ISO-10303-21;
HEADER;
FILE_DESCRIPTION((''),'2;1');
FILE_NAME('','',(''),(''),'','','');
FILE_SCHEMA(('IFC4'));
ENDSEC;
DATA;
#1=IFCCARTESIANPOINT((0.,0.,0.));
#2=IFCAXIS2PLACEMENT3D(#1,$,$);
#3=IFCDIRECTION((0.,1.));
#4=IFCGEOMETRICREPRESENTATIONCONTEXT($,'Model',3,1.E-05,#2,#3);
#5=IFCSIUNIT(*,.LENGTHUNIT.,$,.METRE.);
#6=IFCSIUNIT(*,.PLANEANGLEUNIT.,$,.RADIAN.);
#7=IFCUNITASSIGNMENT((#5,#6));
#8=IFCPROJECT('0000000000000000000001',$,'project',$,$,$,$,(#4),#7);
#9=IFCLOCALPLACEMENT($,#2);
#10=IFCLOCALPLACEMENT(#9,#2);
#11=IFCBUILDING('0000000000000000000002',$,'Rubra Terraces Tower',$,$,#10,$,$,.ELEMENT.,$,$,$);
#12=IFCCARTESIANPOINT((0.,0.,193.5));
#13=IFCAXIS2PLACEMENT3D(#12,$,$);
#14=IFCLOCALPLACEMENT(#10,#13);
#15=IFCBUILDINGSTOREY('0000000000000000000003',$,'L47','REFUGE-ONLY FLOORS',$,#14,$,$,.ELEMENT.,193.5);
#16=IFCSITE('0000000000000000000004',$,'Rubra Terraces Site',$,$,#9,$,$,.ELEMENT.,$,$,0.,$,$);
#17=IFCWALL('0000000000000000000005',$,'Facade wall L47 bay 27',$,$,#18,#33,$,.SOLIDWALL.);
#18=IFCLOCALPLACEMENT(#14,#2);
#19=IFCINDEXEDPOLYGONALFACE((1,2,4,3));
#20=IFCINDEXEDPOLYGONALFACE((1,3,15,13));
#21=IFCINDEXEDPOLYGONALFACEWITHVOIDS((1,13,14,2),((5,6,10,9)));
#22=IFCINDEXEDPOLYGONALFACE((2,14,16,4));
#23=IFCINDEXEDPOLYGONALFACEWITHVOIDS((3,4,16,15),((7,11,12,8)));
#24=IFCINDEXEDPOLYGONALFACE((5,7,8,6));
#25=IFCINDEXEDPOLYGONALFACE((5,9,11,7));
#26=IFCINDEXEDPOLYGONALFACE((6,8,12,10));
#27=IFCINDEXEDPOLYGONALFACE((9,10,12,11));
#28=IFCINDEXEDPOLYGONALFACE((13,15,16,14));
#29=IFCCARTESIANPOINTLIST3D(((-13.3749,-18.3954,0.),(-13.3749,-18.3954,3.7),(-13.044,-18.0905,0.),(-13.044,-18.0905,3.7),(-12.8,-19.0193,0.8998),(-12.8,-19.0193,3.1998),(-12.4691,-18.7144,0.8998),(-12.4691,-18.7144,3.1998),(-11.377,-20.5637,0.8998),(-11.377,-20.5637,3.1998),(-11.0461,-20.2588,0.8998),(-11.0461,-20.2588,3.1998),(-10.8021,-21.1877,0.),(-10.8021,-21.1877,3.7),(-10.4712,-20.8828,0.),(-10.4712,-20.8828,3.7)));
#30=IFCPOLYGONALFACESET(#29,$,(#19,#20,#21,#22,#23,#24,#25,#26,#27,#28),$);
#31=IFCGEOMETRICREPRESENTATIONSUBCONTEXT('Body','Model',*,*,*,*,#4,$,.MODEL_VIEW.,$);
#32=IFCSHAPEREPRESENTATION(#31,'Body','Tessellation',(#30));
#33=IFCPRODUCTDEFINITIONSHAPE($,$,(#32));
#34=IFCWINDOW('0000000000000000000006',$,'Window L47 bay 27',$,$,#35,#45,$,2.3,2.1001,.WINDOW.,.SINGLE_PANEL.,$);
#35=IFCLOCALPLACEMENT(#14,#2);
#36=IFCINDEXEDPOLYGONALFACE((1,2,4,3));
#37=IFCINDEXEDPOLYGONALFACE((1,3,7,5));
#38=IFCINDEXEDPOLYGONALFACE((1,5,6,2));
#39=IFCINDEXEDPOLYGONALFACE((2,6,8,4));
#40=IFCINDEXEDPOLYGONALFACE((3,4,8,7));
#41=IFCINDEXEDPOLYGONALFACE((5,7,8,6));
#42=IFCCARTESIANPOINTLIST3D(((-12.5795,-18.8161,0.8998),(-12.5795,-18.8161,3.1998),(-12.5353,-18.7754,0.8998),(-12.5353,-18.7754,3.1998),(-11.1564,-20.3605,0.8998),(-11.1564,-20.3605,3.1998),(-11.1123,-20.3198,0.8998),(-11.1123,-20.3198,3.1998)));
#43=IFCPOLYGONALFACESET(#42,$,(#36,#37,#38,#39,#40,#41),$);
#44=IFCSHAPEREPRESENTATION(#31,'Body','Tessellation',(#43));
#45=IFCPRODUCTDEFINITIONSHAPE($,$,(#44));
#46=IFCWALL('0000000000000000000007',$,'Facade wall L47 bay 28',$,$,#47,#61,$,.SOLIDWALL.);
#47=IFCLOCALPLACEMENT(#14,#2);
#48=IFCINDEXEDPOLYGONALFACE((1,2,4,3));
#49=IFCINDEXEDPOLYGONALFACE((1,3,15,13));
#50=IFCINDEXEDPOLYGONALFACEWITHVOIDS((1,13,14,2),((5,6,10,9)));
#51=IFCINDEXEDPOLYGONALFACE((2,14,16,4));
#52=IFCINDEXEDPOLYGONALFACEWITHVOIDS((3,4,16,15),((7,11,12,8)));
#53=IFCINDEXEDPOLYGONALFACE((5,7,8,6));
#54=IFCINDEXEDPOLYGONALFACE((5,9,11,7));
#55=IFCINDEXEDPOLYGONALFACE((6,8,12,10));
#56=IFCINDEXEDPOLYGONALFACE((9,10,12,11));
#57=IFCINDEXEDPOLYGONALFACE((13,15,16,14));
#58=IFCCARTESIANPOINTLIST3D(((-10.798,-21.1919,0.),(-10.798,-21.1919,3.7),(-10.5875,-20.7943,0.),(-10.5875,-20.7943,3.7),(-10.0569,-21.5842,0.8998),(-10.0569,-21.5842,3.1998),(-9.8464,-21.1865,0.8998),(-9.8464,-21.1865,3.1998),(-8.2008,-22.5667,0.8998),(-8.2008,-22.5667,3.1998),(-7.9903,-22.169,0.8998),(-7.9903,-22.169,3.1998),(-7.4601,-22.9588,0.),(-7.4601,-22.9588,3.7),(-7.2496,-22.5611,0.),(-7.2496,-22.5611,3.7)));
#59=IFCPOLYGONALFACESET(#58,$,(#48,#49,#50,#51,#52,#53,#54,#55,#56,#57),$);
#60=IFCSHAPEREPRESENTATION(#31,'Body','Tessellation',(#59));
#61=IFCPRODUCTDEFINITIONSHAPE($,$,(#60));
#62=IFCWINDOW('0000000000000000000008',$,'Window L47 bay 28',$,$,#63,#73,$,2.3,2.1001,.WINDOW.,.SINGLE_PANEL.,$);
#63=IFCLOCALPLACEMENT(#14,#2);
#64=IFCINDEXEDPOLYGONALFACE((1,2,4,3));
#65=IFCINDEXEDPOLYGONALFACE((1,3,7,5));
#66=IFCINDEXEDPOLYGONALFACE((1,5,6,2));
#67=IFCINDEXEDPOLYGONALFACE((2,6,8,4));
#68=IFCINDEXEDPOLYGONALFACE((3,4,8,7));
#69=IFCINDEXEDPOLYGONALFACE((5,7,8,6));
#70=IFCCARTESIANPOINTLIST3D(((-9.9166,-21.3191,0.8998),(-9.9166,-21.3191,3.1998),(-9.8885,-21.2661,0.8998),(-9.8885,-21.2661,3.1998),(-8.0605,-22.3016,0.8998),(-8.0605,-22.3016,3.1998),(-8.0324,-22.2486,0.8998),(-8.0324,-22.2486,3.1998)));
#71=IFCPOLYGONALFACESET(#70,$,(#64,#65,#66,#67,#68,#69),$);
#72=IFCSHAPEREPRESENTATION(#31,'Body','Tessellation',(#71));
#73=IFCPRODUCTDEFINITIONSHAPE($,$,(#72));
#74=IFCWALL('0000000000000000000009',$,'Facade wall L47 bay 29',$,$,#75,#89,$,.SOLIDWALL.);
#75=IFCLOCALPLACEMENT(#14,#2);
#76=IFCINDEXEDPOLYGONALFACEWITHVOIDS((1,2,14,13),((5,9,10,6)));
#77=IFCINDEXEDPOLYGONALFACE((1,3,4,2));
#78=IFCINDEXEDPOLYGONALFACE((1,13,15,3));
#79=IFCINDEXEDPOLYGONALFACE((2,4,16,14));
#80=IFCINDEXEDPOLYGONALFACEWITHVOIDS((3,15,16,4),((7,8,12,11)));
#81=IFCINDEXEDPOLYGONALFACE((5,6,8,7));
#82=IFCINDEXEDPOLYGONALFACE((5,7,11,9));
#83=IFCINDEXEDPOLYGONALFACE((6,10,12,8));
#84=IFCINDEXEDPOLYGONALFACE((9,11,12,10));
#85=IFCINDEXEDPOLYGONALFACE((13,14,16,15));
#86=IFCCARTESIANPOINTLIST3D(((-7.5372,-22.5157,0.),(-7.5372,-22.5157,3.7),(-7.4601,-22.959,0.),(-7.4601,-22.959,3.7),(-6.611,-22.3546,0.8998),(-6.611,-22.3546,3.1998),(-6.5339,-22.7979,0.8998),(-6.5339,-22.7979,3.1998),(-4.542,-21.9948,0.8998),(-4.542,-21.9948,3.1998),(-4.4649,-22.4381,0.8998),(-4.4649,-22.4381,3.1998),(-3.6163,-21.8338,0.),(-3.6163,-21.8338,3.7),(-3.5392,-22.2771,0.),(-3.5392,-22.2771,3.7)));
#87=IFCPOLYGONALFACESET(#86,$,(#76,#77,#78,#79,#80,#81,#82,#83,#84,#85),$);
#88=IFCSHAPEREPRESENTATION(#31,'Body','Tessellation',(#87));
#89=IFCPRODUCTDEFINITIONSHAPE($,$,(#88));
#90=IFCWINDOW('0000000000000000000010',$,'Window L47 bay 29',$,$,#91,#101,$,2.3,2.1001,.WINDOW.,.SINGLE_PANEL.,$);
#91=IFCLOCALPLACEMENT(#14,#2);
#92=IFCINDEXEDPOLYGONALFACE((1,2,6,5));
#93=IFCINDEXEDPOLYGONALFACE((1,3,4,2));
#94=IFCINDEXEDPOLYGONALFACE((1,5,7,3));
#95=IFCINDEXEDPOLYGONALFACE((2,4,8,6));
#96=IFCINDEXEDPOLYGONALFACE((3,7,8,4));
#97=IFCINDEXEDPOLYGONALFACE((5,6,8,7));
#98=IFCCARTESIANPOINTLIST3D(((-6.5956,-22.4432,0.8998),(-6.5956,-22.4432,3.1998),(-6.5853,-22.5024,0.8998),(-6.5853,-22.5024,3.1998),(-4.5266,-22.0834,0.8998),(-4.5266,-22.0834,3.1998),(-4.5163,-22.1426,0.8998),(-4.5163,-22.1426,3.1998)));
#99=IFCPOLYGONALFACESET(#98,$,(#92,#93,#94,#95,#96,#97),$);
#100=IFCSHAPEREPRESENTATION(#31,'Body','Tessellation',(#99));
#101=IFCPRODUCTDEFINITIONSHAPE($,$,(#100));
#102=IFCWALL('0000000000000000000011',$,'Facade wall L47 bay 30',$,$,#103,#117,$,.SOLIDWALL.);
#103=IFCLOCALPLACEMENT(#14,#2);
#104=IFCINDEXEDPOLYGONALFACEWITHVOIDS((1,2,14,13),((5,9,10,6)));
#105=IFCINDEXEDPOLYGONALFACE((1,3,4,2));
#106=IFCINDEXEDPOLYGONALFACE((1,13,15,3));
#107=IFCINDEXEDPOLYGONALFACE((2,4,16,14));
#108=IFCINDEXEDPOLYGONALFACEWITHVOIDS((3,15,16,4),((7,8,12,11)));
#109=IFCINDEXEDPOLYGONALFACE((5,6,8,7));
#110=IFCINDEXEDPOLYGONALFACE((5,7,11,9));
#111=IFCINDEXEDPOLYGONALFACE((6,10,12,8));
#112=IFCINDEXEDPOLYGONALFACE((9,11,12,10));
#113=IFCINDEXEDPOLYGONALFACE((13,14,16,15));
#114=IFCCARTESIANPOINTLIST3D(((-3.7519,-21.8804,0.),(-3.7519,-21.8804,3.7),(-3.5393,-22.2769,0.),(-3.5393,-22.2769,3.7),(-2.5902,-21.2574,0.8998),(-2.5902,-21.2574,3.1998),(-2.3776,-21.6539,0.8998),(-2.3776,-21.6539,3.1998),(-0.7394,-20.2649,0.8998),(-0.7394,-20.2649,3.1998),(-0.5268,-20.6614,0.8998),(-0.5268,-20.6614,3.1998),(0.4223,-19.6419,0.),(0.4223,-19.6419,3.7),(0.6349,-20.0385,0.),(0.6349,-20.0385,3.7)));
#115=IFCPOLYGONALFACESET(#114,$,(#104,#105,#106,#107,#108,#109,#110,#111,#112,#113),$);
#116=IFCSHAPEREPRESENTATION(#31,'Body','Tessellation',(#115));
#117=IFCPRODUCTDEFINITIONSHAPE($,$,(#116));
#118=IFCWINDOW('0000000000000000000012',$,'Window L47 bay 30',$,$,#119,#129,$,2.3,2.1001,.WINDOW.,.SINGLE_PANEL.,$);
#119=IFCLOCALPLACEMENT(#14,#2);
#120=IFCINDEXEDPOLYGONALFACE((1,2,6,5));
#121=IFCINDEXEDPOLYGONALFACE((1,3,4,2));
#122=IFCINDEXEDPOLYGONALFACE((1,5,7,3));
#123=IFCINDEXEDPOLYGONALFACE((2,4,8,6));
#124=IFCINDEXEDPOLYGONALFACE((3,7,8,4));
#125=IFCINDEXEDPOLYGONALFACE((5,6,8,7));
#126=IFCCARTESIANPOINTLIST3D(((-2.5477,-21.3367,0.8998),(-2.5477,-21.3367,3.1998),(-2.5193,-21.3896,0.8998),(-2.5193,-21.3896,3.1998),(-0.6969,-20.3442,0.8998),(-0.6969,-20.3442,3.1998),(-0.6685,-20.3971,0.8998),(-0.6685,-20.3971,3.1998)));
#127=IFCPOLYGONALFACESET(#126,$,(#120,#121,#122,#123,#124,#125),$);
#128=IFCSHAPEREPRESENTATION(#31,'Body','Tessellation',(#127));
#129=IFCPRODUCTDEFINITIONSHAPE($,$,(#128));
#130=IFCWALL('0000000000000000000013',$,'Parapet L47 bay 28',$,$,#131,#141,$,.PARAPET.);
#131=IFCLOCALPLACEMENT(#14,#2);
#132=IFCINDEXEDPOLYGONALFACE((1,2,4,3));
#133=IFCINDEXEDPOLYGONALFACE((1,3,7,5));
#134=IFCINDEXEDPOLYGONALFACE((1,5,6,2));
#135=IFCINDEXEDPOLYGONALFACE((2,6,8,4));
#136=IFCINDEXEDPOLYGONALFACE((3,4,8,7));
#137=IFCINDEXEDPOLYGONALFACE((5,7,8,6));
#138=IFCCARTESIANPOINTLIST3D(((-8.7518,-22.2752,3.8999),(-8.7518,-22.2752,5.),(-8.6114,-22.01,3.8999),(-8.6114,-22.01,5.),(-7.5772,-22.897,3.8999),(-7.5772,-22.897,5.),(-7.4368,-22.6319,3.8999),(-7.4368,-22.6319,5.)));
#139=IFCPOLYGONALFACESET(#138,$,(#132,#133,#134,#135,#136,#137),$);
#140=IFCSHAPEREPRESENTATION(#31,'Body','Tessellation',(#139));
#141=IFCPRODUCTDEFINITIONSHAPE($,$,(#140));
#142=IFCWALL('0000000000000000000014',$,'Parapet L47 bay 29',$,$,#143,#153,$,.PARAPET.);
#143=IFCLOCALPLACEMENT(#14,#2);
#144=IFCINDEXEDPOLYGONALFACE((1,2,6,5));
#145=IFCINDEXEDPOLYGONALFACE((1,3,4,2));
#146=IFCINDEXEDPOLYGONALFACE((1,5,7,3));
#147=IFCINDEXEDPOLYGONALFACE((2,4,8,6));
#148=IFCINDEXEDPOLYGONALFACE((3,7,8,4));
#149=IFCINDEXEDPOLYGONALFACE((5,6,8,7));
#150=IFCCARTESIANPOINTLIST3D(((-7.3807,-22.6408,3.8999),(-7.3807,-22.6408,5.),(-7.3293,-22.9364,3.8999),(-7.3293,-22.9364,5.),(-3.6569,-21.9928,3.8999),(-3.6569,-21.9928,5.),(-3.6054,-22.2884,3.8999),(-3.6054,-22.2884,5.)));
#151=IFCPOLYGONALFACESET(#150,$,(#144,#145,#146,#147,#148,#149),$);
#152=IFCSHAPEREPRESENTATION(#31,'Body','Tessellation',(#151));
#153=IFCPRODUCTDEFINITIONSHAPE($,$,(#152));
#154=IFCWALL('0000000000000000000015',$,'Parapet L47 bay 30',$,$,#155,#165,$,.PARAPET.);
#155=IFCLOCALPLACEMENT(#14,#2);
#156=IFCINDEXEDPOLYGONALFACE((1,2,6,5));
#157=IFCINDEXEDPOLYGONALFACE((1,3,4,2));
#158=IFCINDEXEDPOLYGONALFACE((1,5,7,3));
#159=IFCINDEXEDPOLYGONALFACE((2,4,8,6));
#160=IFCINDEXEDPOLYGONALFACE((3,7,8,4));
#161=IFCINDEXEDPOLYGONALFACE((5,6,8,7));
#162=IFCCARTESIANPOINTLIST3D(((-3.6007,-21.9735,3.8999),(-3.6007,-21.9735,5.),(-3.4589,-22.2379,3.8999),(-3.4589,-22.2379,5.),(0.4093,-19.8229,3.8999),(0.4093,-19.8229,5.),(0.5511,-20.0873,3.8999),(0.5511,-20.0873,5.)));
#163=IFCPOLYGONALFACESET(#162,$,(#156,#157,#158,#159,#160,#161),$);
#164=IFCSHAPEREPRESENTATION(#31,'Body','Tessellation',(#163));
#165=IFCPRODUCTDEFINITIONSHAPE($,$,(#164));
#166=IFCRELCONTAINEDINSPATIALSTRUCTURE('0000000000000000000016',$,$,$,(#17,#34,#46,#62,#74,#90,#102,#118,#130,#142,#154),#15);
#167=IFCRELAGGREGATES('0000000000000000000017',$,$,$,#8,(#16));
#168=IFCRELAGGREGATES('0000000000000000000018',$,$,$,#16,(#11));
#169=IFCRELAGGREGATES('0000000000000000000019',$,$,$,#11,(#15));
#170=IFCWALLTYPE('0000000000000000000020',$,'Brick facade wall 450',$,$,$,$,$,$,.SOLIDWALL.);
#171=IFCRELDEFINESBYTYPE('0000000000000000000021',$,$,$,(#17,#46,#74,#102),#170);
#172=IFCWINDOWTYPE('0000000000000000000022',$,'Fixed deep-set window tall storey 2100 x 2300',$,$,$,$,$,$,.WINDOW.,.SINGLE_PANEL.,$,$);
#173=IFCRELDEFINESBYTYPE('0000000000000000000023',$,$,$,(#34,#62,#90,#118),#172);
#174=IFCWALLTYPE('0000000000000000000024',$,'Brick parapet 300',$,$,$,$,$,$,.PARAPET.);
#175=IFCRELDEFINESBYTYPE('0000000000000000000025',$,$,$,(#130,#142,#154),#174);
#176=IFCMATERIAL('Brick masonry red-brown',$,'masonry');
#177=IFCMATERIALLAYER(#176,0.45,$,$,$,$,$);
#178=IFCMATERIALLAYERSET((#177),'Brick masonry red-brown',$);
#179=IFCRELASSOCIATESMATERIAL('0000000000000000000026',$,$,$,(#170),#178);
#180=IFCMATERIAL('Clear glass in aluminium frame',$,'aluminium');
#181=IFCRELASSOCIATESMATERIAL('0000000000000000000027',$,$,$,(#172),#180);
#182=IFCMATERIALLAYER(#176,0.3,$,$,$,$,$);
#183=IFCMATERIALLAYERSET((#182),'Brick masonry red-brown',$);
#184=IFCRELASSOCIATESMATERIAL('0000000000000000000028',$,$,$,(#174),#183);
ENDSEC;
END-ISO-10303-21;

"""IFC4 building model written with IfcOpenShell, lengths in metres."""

from ifc_helpers import new_model, si_unit, direction, frame, frame_2d, origin, place, context, subcontext, project, spatial, rectangle, extrude, material, layer, layer_set, type_object, element, fill, save


model = new_model("IFC4")

# Units and contexts
model_context = context("Model", 3, precision=1e-05, world=origin(), true_north=direction((0.0, 1.0)))
body_context = subcontext(model_context, "Body", "Model", "MODEL_VIEW")
ifc_project = project(units=[si_unit("LENGTHUNIT", "METRE"), si_unit("PLANEANGLEUNIT", "RADIAN")], contexts=[model_context])

# Site, building, storey
site_placement = place(None, origin())
site = spatial("IfcSite", under=ifc_project, at=site_placement, Name="Rubra Terraces Site", CompositionType="ELEMENT", RefElevation=0.0)
building_placement = place(site_placement, origin())
building = spatial("IfcBuilding", under=site, at=building_placement, Name="Rubra Terraces Tower", CompositionType="ELEMENT")
storey_placement = place(building_placement, frame((0.0, 0.0, 193.5)))
storey = spatial("IfcBuildingStorey", under=building, at=storey_placement, Name="L47", Description="REFUGE-ONLY FLOORS", CompositionType="ELEMENT", Elevation=193.5)

# Walls, openings, windows
ifc_material_1 = material(Name="Brick masonry red-brown", Category="masonry")
ifc_layer_1 = layer(ifc_material_1, 0.45)
ifc_layer_set_1 = layer_set([ifc_layer_1], Name="Brick masonry red-brown")
wall_type_1 = type_object("IfcWallType", Name="Brick facade wall 450", PredefinedType="SOLIDWALL", material=ifc_layer_set_1)
wall_1_placement = place(storey_placement, frame((-13.2095, -18.2429, 0.0), z_axis=(0.0, 0.0, 1.0), x_axis=(0.677612, -0.735419, 0.0)))
wall_1 = element("IfcWall", 1, at=wall_1_placement, inside=storey, type_object=wall_type_1, Name="Facade wall L47 bay 27", PredefinedType="SOLIDWALL", context=body_context, shape_type="SweptSolid", body=[
    extrude(rectangle(XDim=3.7969, YDim=0.45, at=frame_2d((1.8984, 0.0))), origin(), (0.0, 0.0, 1.0), 3.7),
])
opening_1_placement = place(wall_1_placement, frame((0.8484, 0.0, 0.8999)))
opening_1 = element("IfcOpeningElement", 2, at=opening_1_placement, cuts=wall_1, PredefinedType="OPENING", context=body_context, shape_type="SweptSolid", body=[
    extrude(rectangle(XDim=2.1001, YDim=2.3, at=frame_2d((1.05, 1.1499))), frame((0.0, 0.2349, 0.0), z_axis=(0.0, -1.0, 0.0), x_axis=(1.0, 0.0, 0.0)), (0.0, 0.0, 1.0), 0.47),
])
ifc_material_2 = material(Name="Clear glass in aluminium frame", Category="aluminium")
window_type = type_object("IfcWindowType", Name="Fixed deep-set window tall storey 2100 x 2300", PartitioningType="SINGLE_PANEL", PredefinedType="WINDOW", material=ifc_material_2)
window_1_placement = place(opening_1_placement, origin())
window_1 = element("IfcWindow", 3, at=window_1_placement, inside=storey, type_object=window_type, Name="Window L47 bay 27", OverallHeight=2.3, OverallWidth=2.1001, PartitioningType="SINGLE_PANEL", PredefinedType="WINDOW", context=body_context, shape_type="SweptSolid", body=[
    extrude(rectangle(XDim=2.1001, YDim=2.3, at=frame_2d((1.05, 1.1499))), frame((0.0, 0.135, 0.0), z_axis=(0.0, -1.0, 0.0), x_axis=(1.0, 0.0, 0.0)), (0.0, 0.0, 1.0), 0.0601),
])
fill(opening_1, window_1)
wall_2_placement = place(storey_placement, frame((-10.6926, -20.9932, 0.0), z_axis=(0.0, 0.0, 1.0), x_axis=(0.883818, -0.467831, 0.0)))
wall_2 = element("IfcWall", 4, at=wall_2_placement, inside=storey, type_object=wall_type_1, Name="Facade wall L47 bay 28", PredefinedType="SOLIDWALL", context=body_context, shape_type="SweptSolid", body=[
    extrude(rectangle(XDim=3.7766, YDim=0.45, at=frame_2d((1.8882, 0.0))), origin(), (0.0, 0.0, 1.0), 3.7),
])
opening_2_placement = place(wall_2_placement, frame((0.8384, 0.0, 0.8999)))
opening_2 = element("IfcOpeningElement", 5, at=opening_2_placement, cuts=wall_2, PredefinedType="OPENING", context=body_context, shape_type="SweptSolid", body=[
    extrude(rectangle(XDim=2.1001, YDim=2.3, at=frame_2d((1.05, 1.1499))), frame((0.0, 0.2349, 0.0), z_axis=(0.0, -1.0, 0.0), x_axis=(1.0, 0.0, 0.0)), (0.0, 0.0, 1.0), 0.47),
])
window_2_placement = place(opening_2_placement, origin())
window_2 = element("IfcWindow", 6, at=window_2_placement, inside=storey, type_object=window_type, Name="Window L47 bay 28", OverallHeight=2.3, OverallWidth=2.1001, PartitioningType="SINGLE_PANEL", PredefinedType="WINDOW", context=body_context, shape_type="SweptSolid", body=[
    extrude(rectangle(XDim=2.1001, YDim=2.3, at=frame_2d((1.05, 1.1499))), frame((0.0, 0.135, 0.0), z_axis=(0.0, -1.0, 0.0), x_axis=(1.0, 0.0, 0.0)), (0.0, 0.0, 1.0), 0.0601),
])
fill(opening_2, window_2)
wall_3_placement = place(storey_placement, frame((-7.4985, -22.7373, 0.0), z_axis=(0.0, 0.0, 1.0), x_axis=(0.985212, 0.171339, 0.0)))
wall_3 = element("IfcWall", 7, at=wall_3_placement, inside=storey, type_object=wall_type_1, Name="Facade wall L47 bay 29", PredefinedType="SOLIDWALL", context=body_context, shape_type="SweptSolid", body=[
    extrude(rectangle(XDim=3.9797, YDim=0.45, at=frame_2d((1.9897, 0.0))), origin(), (0.0, 0.0, 1.0), 3.7),
])
opening_3_placement = place(wall_3_placement, frame((0.9399, 0.0, 0.8999)))
opening_3 = element("IfcOpeningElement", 8, at=opening_3_placement, cuts=wall_3, PredefinedType="OPENING", context=body_context, shape_type="SweptSolid", body=[
    extrude(rectangle(XDim=2.1001, YDim=2.3, at=frame_2d((1.05, 1.1499))), frame((0.0, 0.2349, 0.0), z_axis=(0.0, -1.0, 0.0), x_axis=(1.0, 0.0, 0.0)), (0.0, 0.0, 1.0), 0.47),
])
window_3_placement = place(opening_3_placement, origin())
window_3 = element("IfcWindow", 9, at=window_3_placement, inside=storey, type_object=window_type, Name="Window L47 bay 29", OverallHeight=2.3, OverallWidth=2.1001, PartitioningType="SINGLE_PANEL", PredefinedType="WINDOW", context=body_context, shape_type="SweptSolid", body=[
    extrude(rectangle(XDim=2.1001, YDim=2.3, at=frame_2d((1.05, 1.1499))), frame((0.0, 0.135, 0.0), z_axis=(0.0, -1.0, 0.0), x_axis=(1.0, 0.0, 0.0)), (0.0, 0.0, 1.0), 0.0601),
])
fill(opening_3, window_3)
wall_4_placement = place(storey_placement, frame((-3.6455, -22.0786, 0.0), z_axis=(0.0, 0.0, 1.0), x_axis=(0.881279, 0.472596, 0.0)))
wall_4 = element("IfcWall", 10, at=wall_4_placement, inside=storey, type_object=wall_type_1, Name="Facade wall L47 bay 30", PredefinedType="SOLIDWALL", context=body_context, shape_type="SweptSolid", body=[
    extrude(rectangle(XDim=4.7366, YDim=0.45, at=frame_2d((2.3682, 0.0))), origin(), (0.0, 0.0, 1.0), 3.7),
])
opening_4_placement = place(wall_4_placement, frame((1.3181, 0.0, 0.8999)))
opening_4 = element("IfcOpeningElement", 11, at=opening_4_placement, cuts=wall_4, PredefinedType="OPENING", context=body_context, shape_type="SweptSolid", body=[
    extrude(rectangle(XDim=2.1001, YDim=2.3, at=frame_2d((1.05, 1.1499))), frame((0.0, 0.2349, 0.0), z_axis=(0.0, -1.0, 0.0), x_axis=(1.0, 0.0, 0.0)), (0.0, 0.0, 1.0), 0.47),
])
window_4_placement = place(opening_4_placement, origin())
window_4 = element("IfcWindow", 12, at=window_4_placement, inside=storey, type_object=window_type, Name="Window L47 bay 30", OverallHeight=2.3, OverallWidth=2.1001, PartitioningType="SINGLE_PANEL", PredefinedType="WINDOW", context=body_context, shape_type="SweptSolid", body=[
    extrude(rectangle(XDim=2.1001, YDim=2.3, at=frame_2d((1.05, 1.1499))), frame((0.0, 0.135, 0.0), z_axis=(0.0, -1.0, 0.0), x_axis=(1.0, 0.0, 0.0)), (0.0, 0.0, 1.0), 0.0601),
])
fill(opening_4, window_4)

# Walls
ifc_layer_2 = layer(ifc_material_1, 0.3)
ifc_layer_set_2 = layer_set([ifc_layer_2], Name="Brick masonry red-brown")
wall_type_2 = type_object("IfcWallType", Name="Brick parapet 300", PredefinedType="PARAPET", material=ifc_layer_set_2)
wall_5_placement = place(storey_placement, frame((-8.6816, -22.1426, 3.8999), z_axis=(0.0, 0.0, 1.0), x_axis=(0.883788, -0.467888, 0.0)))
element("IfcWall", 13, at=wall_5_placement, inside=storey, type_object=wall_type_2, Name="Parapet L47 bay 28", PredefinedType="PARAPET", context=body_context, shape_type="SweptSolid", body=[
    extrude(rectangle(XDim=1.3291, YDim=0.3, at=frame_2d((0.6646, 0.0))), origin(), (0.0, 0.0, 1.0), 1.1001),
])
wall_6_placement = place(storey_placement, frame((-7.355, -22.7886, 3.8999), z_axis=(0.0, 0.0, 1.0), x_axis=(0.985198, 0.171423, 0.0)))
element("IfcWall", 14, at=wall_6_placement, inside=storey, type_object=wall_type_2, Name="Parapet L47 bay 29", PredefinedType="PARAPET", context=body_context, shape_type="SweptSolid", body=[
    extrude(rectangle(XDim=3.7798, YDim=0.3, at=frame_2d((1.8899, 0.0))), origin(), (0.0, 0.0, 1.0), 1.1001),
])
wall_7_placement = place(storey_placement, frame((-3.5298, -22.1057, 3.8999), z_axis=(0.0, 0.0, 1.0), x_axis=(0.881259, 0.472634, 0.0)))
element("IfcWall", 15, at=wall_7_placement, inside=storey, type_object=wall_type_2, Name="Parapet L47 bay 30", PredefinedType="PARAPET", context=body_context, shape_type="SweptSolid", body=[
    extrude(rectangle(XDim=4.5503, YDim=0.3, at=frame_2d((2.2751, 0.0))), origin(), (0.0, 0.0, 1.0), 1.1001),
])

save(model, "model.ifc")
